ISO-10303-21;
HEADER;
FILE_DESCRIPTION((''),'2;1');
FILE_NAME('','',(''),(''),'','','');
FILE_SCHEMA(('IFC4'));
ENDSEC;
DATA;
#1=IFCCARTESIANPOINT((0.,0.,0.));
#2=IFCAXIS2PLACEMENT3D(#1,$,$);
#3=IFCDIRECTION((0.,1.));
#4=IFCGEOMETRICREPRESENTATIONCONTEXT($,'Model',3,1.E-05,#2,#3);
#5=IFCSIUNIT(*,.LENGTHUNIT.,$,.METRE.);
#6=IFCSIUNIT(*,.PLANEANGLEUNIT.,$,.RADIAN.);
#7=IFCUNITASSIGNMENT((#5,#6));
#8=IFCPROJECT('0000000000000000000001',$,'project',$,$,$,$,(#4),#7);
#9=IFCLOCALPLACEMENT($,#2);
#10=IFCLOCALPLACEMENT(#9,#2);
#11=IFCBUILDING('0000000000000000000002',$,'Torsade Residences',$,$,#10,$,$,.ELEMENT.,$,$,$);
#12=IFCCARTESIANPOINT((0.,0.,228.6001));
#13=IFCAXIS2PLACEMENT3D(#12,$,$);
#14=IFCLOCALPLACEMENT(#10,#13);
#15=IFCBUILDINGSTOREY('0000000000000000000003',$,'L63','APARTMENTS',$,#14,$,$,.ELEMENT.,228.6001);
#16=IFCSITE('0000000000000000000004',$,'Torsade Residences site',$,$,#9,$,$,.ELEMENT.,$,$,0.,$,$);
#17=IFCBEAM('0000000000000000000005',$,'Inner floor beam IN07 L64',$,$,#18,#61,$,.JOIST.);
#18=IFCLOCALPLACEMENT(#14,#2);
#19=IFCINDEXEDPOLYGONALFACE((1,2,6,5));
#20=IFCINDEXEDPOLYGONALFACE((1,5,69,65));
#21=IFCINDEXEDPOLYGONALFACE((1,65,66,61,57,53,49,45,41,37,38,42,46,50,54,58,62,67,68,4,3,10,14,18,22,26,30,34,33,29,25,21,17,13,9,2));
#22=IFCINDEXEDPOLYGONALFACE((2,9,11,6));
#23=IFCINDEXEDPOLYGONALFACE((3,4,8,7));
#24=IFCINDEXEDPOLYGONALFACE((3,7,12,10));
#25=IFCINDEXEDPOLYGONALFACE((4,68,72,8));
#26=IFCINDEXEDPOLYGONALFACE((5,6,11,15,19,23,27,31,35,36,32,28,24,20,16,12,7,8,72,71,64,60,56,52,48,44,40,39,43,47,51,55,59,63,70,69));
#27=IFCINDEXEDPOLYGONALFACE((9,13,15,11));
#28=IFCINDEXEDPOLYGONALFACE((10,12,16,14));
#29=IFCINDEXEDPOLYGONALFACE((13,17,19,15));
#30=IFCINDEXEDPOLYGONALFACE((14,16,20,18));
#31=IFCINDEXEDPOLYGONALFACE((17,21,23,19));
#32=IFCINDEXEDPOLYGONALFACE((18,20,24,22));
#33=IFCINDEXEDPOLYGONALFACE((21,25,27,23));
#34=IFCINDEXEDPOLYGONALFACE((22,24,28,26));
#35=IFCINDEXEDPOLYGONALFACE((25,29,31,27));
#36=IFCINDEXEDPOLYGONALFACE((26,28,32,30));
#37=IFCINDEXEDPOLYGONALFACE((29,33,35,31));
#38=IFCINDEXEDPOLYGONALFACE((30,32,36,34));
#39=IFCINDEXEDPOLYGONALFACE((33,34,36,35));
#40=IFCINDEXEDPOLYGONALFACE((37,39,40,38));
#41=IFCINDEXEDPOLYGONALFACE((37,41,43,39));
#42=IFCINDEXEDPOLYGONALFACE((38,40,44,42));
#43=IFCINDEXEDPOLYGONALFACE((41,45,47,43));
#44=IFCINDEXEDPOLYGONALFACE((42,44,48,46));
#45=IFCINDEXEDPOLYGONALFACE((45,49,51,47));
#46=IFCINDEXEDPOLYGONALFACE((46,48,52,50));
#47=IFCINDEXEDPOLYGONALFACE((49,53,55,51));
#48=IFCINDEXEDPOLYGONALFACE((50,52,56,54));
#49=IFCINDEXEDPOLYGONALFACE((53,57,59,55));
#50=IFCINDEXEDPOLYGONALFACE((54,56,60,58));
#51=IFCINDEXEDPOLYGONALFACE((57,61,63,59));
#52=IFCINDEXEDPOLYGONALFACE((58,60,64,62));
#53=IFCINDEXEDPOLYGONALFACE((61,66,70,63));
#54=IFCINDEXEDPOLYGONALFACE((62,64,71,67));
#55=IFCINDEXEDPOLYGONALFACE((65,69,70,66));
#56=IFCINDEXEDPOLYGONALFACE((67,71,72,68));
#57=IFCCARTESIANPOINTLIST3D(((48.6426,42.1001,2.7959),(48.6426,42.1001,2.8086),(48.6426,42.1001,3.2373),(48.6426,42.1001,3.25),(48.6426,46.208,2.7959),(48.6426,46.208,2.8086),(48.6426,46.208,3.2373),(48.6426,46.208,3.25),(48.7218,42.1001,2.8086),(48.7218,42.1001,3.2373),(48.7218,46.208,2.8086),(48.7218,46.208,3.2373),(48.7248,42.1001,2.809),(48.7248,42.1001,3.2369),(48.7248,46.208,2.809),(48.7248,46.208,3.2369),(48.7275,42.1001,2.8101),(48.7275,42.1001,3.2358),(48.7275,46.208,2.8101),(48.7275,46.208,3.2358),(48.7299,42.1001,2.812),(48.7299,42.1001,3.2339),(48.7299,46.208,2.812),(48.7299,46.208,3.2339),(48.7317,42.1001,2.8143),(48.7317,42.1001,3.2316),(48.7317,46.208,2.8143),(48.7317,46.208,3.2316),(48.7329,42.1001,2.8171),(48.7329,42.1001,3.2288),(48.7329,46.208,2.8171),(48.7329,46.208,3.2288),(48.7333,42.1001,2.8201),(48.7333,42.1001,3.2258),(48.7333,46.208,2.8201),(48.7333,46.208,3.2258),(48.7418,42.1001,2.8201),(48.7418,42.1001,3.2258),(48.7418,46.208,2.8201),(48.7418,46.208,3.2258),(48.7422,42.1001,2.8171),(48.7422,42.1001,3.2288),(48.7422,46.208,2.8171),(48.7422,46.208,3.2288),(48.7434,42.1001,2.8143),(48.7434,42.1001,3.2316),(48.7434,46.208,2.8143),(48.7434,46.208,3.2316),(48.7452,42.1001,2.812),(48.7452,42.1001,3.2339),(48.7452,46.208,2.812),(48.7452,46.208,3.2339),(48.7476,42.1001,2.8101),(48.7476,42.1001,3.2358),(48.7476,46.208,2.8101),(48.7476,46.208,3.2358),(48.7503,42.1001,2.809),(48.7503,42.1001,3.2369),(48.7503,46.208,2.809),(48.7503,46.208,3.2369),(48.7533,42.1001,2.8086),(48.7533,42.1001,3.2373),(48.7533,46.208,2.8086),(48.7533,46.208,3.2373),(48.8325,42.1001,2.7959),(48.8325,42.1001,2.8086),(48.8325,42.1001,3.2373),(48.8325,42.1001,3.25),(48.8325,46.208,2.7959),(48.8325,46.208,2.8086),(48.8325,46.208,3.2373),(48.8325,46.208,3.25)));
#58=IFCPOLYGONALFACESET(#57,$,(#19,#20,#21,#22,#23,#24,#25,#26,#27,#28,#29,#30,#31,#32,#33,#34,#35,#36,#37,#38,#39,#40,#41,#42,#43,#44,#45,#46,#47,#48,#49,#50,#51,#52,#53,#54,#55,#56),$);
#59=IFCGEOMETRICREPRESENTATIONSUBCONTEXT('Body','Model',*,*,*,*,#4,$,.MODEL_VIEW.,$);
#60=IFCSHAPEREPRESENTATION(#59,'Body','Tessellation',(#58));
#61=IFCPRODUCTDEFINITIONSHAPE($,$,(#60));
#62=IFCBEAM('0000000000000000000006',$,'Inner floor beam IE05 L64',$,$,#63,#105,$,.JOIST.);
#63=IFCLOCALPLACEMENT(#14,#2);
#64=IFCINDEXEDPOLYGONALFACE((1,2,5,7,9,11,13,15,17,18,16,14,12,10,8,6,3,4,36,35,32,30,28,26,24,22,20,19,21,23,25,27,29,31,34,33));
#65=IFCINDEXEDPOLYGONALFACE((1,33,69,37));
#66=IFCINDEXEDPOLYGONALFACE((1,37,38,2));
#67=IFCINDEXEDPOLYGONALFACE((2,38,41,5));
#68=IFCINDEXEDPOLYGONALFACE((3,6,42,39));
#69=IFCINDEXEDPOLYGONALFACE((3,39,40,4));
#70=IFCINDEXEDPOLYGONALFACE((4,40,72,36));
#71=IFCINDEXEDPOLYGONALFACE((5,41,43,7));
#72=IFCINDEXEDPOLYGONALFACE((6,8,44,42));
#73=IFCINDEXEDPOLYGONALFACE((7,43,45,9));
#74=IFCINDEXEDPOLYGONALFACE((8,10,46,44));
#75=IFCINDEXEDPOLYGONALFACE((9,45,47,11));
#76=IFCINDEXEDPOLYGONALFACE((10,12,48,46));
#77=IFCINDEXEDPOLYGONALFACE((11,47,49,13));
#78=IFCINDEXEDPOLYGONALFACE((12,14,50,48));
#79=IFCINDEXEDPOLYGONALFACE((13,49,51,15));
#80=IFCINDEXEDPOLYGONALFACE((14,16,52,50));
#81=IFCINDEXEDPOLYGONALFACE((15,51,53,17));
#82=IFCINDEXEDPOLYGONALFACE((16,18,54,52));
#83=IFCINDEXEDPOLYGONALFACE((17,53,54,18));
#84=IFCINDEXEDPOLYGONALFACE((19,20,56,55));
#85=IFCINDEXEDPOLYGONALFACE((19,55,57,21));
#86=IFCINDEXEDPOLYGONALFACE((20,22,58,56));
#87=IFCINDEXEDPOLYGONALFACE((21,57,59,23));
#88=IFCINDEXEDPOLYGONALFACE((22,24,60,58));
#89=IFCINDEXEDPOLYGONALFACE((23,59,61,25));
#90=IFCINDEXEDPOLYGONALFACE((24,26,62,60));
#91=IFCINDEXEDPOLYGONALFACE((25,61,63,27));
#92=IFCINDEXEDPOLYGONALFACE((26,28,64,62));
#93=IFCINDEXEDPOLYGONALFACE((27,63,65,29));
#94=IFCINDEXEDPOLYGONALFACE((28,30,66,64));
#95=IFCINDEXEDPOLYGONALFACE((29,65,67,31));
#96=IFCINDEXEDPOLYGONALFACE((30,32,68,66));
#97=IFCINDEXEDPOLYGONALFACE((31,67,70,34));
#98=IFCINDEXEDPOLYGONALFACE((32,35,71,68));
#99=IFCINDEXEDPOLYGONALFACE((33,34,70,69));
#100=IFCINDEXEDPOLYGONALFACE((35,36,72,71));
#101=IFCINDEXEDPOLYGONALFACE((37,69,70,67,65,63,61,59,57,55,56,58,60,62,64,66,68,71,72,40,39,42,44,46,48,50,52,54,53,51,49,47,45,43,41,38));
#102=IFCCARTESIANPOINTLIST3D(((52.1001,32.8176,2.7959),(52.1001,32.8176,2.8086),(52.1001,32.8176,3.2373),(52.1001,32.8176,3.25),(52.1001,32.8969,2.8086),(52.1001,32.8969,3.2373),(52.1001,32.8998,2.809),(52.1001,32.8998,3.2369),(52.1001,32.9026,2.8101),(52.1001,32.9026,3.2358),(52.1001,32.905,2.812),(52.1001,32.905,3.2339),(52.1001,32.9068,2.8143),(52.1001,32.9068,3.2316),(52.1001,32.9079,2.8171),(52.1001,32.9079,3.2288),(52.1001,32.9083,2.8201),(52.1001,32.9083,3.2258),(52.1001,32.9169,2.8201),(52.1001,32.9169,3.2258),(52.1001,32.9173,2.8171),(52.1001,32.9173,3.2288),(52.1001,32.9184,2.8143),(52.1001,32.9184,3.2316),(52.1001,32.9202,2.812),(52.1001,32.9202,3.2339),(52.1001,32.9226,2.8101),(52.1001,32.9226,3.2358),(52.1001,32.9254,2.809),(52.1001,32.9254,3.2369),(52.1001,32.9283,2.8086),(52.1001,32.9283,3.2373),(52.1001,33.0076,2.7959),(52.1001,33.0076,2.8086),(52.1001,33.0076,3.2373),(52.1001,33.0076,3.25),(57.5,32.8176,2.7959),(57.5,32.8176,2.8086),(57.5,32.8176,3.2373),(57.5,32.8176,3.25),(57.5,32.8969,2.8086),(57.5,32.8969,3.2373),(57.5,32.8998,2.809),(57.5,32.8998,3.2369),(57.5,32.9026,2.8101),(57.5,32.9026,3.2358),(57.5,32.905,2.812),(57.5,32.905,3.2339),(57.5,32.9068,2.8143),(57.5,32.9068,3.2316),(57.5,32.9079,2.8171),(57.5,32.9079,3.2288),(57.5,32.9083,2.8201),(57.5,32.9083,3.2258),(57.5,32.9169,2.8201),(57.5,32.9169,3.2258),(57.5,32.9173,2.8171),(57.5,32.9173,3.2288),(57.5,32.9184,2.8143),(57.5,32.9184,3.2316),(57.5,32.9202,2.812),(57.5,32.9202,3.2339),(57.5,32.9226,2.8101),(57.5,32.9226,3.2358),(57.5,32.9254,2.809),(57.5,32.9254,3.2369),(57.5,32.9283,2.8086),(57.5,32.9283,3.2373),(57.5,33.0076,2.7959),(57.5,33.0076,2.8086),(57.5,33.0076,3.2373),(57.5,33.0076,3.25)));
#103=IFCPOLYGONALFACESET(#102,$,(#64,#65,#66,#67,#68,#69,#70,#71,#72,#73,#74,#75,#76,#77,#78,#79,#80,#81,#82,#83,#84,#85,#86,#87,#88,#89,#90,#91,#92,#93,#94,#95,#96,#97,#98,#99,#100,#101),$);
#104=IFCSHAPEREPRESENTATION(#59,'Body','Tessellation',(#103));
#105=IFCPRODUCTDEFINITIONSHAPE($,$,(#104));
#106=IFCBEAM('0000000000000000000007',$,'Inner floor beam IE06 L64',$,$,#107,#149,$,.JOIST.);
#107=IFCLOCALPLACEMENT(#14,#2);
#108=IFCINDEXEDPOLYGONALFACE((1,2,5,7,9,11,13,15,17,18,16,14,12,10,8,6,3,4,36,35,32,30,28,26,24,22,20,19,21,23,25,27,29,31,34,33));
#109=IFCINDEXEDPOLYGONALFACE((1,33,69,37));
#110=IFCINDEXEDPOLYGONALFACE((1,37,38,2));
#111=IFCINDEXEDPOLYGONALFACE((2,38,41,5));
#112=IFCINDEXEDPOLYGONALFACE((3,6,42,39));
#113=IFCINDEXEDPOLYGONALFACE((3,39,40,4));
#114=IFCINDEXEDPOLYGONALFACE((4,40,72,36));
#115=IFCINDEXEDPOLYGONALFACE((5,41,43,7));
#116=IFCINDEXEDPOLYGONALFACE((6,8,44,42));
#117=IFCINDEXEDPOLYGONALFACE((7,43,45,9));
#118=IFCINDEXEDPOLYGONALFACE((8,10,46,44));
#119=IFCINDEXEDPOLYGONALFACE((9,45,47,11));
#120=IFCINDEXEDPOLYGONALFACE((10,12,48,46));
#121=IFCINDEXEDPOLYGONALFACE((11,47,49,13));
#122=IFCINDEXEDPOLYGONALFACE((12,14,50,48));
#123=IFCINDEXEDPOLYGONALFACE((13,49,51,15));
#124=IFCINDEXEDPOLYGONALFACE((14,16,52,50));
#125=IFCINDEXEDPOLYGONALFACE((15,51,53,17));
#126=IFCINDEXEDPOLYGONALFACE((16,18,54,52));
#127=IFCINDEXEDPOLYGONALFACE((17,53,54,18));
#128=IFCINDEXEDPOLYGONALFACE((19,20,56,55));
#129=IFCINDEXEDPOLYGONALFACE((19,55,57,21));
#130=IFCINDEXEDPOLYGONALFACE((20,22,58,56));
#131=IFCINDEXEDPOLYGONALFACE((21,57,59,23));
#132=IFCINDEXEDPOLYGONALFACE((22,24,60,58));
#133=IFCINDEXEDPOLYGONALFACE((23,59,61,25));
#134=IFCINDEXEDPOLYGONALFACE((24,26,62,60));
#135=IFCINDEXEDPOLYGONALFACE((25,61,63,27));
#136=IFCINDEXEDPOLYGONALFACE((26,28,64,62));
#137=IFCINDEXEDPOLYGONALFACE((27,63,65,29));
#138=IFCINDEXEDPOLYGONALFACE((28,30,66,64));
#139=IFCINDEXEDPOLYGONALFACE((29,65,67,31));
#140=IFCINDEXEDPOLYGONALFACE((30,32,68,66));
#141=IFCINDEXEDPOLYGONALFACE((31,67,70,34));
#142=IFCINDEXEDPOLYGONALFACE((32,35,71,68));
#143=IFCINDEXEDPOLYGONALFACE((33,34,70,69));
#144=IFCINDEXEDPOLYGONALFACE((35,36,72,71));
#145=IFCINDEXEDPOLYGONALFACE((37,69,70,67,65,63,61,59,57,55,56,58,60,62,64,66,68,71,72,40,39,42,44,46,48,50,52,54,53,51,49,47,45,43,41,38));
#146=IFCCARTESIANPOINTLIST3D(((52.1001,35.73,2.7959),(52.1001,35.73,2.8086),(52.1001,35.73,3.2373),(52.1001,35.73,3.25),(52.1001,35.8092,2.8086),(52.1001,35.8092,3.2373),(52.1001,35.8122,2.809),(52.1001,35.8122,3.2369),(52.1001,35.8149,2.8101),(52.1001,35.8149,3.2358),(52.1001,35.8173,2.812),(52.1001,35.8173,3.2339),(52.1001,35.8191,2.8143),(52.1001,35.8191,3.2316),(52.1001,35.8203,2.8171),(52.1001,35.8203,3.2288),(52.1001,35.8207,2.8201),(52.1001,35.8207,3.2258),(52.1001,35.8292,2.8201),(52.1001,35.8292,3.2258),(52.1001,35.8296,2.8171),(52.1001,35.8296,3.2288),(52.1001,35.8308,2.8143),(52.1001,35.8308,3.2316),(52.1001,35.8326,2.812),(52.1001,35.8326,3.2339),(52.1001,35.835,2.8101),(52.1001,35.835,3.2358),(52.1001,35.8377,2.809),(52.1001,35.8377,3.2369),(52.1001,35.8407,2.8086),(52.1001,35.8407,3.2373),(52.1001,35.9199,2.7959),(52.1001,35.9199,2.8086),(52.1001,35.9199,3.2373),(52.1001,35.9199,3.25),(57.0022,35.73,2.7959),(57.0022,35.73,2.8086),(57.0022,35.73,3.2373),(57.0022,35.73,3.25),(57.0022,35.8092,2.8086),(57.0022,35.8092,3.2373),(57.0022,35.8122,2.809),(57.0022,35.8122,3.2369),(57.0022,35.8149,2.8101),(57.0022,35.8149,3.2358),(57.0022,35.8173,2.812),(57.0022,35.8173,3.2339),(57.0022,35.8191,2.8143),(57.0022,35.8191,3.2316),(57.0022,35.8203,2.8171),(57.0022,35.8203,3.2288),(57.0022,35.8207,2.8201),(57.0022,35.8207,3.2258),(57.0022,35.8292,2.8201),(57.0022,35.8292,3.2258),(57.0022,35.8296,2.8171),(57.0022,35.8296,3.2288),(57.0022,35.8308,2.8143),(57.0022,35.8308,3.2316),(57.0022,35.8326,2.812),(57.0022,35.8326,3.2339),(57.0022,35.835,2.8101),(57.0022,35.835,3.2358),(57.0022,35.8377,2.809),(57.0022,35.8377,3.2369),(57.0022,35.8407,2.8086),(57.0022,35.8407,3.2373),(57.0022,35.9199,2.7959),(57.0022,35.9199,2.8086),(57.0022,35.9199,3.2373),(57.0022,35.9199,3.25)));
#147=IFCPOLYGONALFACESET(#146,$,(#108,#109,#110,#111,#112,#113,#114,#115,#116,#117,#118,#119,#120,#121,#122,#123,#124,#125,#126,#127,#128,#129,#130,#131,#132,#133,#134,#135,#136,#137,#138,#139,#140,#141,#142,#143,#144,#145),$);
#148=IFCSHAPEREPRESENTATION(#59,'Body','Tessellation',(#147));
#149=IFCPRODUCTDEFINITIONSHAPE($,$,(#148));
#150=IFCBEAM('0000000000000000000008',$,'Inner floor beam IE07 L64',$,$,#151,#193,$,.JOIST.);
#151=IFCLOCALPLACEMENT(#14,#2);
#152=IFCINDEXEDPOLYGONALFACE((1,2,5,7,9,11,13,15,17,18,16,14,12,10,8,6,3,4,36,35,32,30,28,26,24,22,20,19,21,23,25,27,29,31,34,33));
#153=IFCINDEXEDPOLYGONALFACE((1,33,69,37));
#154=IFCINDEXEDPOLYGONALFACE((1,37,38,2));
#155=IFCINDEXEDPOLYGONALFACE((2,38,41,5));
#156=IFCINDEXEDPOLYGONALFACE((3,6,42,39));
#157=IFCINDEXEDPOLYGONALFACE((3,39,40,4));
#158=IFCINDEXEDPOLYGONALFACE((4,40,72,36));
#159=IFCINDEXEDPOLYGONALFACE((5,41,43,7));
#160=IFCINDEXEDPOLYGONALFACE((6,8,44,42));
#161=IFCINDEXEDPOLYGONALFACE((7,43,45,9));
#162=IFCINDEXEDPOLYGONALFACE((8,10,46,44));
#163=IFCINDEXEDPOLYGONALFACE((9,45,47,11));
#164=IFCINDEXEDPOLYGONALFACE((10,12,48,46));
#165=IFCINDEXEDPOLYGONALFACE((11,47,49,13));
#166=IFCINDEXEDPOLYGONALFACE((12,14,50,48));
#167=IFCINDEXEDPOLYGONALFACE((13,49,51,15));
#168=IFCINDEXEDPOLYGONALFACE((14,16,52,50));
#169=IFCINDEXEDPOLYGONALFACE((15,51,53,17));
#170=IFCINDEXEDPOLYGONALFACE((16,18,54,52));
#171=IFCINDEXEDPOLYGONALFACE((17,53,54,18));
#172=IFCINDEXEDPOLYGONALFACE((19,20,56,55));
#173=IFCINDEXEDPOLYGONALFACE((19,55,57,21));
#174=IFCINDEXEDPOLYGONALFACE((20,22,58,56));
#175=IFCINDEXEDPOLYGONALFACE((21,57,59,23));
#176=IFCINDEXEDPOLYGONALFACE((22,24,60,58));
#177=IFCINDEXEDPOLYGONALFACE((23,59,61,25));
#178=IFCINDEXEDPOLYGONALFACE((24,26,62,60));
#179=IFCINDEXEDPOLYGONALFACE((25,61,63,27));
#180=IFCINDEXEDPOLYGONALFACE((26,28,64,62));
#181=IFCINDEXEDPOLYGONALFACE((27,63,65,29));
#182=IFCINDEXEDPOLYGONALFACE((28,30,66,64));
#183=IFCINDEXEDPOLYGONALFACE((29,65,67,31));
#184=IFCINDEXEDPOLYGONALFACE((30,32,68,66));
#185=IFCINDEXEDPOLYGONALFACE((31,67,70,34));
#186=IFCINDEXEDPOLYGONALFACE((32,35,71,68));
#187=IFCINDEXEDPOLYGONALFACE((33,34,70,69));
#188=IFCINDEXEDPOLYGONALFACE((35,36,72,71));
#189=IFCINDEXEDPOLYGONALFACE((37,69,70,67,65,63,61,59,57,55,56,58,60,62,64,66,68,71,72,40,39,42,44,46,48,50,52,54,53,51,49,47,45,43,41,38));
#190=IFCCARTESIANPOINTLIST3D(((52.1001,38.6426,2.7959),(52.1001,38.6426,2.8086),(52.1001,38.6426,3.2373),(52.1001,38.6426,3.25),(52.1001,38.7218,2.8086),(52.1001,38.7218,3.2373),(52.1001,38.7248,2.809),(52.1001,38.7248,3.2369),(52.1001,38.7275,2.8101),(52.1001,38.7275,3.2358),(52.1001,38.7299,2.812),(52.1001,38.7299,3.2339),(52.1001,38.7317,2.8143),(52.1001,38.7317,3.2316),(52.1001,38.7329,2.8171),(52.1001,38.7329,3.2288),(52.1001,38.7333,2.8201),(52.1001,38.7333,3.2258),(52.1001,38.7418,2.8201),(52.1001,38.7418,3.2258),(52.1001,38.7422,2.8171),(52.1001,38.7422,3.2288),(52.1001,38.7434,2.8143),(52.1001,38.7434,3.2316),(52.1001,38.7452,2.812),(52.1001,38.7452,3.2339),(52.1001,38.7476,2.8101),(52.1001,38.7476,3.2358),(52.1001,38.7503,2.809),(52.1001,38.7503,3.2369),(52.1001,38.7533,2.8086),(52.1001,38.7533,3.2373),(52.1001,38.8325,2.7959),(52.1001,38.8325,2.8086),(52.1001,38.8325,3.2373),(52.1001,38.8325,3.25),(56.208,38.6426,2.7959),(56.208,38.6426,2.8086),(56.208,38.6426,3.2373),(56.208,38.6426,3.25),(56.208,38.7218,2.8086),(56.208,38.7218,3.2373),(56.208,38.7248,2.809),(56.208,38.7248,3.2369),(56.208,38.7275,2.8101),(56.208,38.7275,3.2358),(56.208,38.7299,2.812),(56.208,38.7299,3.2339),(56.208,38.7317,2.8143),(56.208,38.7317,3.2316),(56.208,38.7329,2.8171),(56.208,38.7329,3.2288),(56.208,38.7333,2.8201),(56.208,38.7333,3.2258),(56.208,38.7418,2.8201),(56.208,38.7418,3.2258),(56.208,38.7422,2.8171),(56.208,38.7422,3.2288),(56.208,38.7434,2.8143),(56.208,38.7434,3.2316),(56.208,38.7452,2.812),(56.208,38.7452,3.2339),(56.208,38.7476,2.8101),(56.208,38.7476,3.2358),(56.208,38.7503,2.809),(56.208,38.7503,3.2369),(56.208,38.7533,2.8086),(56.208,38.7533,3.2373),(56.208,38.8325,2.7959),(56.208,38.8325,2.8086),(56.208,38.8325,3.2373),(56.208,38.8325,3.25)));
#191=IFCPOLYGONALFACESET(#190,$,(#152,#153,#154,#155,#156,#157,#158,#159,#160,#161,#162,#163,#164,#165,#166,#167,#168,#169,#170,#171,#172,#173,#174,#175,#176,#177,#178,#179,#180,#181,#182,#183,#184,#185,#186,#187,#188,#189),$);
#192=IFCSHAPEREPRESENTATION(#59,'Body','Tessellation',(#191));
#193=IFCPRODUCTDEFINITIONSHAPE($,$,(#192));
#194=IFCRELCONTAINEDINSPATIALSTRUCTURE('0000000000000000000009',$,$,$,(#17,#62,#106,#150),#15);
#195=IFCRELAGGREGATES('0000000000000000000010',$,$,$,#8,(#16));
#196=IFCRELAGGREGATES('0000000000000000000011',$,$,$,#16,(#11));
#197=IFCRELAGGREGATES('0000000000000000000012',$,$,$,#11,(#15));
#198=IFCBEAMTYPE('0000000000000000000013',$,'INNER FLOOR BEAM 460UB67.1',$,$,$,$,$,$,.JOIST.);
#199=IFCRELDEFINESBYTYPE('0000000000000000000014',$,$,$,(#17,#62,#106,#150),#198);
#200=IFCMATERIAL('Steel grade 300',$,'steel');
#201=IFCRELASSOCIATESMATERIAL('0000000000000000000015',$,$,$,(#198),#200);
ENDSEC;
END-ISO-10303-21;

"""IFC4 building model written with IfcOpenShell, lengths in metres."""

from ifc_helpers import new_model, si_unit, direction, frame, origin, origin_2d, place, context, subcontext, project, spatial, i_section, extrude, material, material_profile, profile_set, type_object, element, save


model = new_model("IFC4")

# Units and contexts
model_context = context("Model", 3, precision=1e-05, world=origin(), true_north=direction((0.0, 1.0)))
body_context = subcontext(model_context, "Body", "Model", "MODEL_VIEW")
ifc_project = project(units=[si_unit("LENGTHUNIT", "METRE"), si_unit("PLANEANGLEUNIT", "RADIAN")], contexts=[model_context])

# Site, building, storey
site_placement = place(None, origin())
site = spatial("IfcSite", under=ifc_project, at=site_placement, Name="Torsade Residences site", CompositionType="ELEMENT", RefElevation=0.0)
building_placement = place(site_placement, origin())
building = spatial("IfcBuilding", under=site, at=building_placement, Name="Torsade Residences", CompositionType="ELEMENT")
storey_placement = place(building_placement, frame((0.0, 0.0, 228.6001)))
storey = spatial("IfcBuildingStorey", under=building, at=storey_placement, Name="L63", Description="APARTMENTS", CompositionType="ELEMENT", Elevation=228.6001)

# Beams
ifc_material_1 = material(Name="Steel grade 300", Category="steel")
ifc_material_profile_1 = material_profile(ifc_material_1, i_section(OverallWidth=0.1899, OverallDepth=0.4541, WebThickness=0.0085, FlangeThickness=0.0127, FilletRadius=0.0115, at=origin_2d()), Name="460UB67.1")
ifc_profile_set_1 = profile_set([ifc_material_profile_1], Name="Steel grade 300")
beam_type_1 = type_object("IfcBeamType", Name="INNER FLOOR BEAM 460UB67.1", PredefinedType="JOIST", material=ifc_profile_set_1)
beam_1_placement = place(storey_placement, frame((48.7375, 42.1001, 3.0229), z_axis=(0.0, 1.0, 0.0), x_axis=(-1.0, 0.0, 0.0)))
element("IfcBeam", 1, at=beam_1_placement, inside=storey, type_object=beam_type_1, Name="Inner floor beam IN07 L64", PredefinedType="JOIST", context=body_context, shape_type="SweptSolid", body=[
    extrude(i_section(OverallWidth=0.1899, OverallDepth=0.4541, WebThickness=0.0085, FlangeThickness=0.0127, FilletRadius=0.0115, at=origin_2d()), origin(), (0.0, 0.0, 1.0), 4.1079),
])
beam_2_placement = place(storey_placement, frame((52.1001, 32.9126, 3.0229), z_axis=(1.0, 0.0, 0.0), x_axis=(0.0, 1.0, 0.0)))
element("IfcBeam", 2, at=beam_2_placement, inside=storey, type_object=beam_type_1, Name="Inner floor beam IE05 L64", PredefinedType="JOIST", context=body_context, shape_type="SweptSolid", body=[
    extrude(i_section(OverallWidth=0.1899, OverallDepth=0.4541, WebThickness=0.0085, FlangeThickness=0.0127, FilletRadius=0.0115, at=origin_2d()), origin(), (0.0, 0.0, 1.0), 5.3999),
])
beam_3_placement = place(storey_placement, frame((52.1001, 35.825, 3.0229), z_axis=(1.0, 0.0, 0.0), x_axis=(0.0, 1.0, 0.0)))
element("IfcBeam", 3, at=beam_3_placement, inside=storey, type_object=beam_type_1, Name="Inner floor beam IE06 L64", PredefinedType="JOIST", context=body_context, shape_type="SweptSolid", body=[
    extrude(i_section(OverallWidth=0.1899, OverallDepth=0.4541, WebThickness=0.0085, FlangeThickness=0.0127, FilletRadius=0.0115, at=origin_2d()), origin(), (0.0, 0.0, 1.0), 4.9021),
])
beam_4_placement = place(storey_placement, frame((52.1001, 38.7375, 3.0229), z_axis=(1.0, 0.0, 0.0), x_axis=(0.0, 1.0, 0.0)))
element("IfcBeam", 4, at=beam_4_placement, inside=storey, type_object=beam_type_1, Name="Inner floor beam IE07 L64", PredefinedType="JOIST", context=body_context, shape_type="SweptSolid", body=[
    extrude(i_section(OverallWidth=0.1899, OverallDepth=0.4541, WebThickness=0.0085, FlangeThickness=0.0127, FilletRadius=0.0115, at=origin_2d()), origin(), (0.0, 0.0, 1.0), 4.1079),
])

save(model, "model.ifc")
